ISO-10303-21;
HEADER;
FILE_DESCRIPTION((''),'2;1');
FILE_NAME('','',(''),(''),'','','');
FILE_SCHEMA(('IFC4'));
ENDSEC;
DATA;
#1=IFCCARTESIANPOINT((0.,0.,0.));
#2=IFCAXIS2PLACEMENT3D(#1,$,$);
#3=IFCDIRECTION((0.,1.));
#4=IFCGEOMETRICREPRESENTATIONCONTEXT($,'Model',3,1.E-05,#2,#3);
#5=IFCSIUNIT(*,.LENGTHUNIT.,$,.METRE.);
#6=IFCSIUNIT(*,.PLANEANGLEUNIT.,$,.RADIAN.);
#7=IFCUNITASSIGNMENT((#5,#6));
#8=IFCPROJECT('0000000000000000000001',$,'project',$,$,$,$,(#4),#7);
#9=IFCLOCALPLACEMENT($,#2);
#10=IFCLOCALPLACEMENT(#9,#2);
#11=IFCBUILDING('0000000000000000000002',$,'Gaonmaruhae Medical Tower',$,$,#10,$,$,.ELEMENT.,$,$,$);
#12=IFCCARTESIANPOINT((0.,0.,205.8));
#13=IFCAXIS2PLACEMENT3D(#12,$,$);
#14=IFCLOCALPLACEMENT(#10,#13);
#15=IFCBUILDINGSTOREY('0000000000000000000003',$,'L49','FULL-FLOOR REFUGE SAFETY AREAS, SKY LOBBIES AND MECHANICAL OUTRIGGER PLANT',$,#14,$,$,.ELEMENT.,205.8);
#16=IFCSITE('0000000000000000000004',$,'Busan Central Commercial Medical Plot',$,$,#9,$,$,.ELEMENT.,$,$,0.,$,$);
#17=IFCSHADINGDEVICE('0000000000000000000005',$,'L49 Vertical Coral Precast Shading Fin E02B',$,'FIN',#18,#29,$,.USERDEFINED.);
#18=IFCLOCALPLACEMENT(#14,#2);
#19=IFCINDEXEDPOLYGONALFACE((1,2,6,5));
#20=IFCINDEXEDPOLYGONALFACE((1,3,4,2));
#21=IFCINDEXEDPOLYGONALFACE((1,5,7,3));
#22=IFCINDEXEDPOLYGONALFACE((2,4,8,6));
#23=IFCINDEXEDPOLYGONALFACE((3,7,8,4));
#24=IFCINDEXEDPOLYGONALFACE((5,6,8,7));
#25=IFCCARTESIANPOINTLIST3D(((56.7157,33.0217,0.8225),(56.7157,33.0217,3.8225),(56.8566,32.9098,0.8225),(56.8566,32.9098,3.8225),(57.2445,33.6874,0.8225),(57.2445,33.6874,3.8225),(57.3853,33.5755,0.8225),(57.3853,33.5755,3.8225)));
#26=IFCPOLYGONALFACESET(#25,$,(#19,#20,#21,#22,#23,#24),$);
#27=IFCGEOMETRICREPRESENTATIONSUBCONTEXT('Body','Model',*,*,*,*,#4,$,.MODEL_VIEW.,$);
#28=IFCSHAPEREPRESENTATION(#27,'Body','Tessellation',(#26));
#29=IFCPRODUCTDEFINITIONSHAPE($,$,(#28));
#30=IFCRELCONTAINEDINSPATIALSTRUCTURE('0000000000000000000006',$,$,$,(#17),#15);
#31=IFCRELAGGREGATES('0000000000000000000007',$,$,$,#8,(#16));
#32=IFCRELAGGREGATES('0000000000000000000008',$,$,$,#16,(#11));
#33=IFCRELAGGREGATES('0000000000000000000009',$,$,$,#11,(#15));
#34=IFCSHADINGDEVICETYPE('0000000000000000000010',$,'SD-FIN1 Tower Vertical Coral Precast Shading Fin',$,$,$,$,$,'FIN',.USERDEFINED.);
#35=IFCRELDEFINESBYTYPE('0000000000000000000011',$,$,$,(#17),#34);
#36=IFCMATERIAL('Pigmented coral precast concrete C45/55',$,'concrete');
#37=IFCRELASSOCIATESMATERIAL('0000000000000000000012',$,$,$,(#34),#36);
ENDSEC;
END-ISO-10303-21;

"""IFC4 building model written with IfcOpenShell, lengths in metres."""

from ifc_helpers import new_model, si_unit, direction, frame, origin, origin_2d, place, context, subcontext, project, spatial, rectangle, extrude, material, type_object, element, save


model = new_model("IFC4")

# Units and contexts
model_context = context("Model", 3, precision=1e-05, world=origin(), true_north=direction((0.0, 1.0)))
body_context = subcontext(model_context, "Body", "Model", "MODEL_VIEW")
ifc_project = project(units=[si_unit("LENGTHUNIT", "METRE"), si_unit("PLANEANGLEUNIT", "RADIAN")], contexts=[model_context])

# Site, building, storey
site_placement = place(None, origin())
site = spatial("IfcSite", under=ifc_project, at=site_placement, Name="Busan Central Commercial Medical Plot", CompositionType="ELEMENT", RefElevation=0.0)
building_placement = place(site_placement, origin())
building = spatial("IfcBuilding", under=site, at=building_placement, Name="Gaonmaruhae Medical Tower", CompositionType="ELEMENT")
storey_placement = place(building_placement, frame((0.0, 0.0, 205.8)))
storey = spatial("IfcBuildingStorey", under=building, at=storey_placement, Name="L49", Description="FULL-FLOOR REFUGE SAFETY AREAS, SKY LOBBIES AND MECHANICAL OUTRIGGER PLANT", CompositionType="ELEMENT", Elevation=205.8)

# Shading device
ifc_material_1 = material(Name="Pigmented coral precast concrete C45/55", Category="concrete")
shading_device_type = type_object("IfcShadingDeviceType", Name="SD-FIN1 Tower Vertical Coral Precast Shading Fin", ElementType="FIN", PredefinedType="USERDEFINED", material=ifc_material_1)
for number, where, z_axis, x_axis, name in (
    (1, (57.0505, 33.2986, 0.8225), (0.0, 0.0, 1.0), (0.783053, -0.621954, 0.0), "L49 Vertical Coral Precast Shading Fin E02B"),
):
    element("IfcShadingDevice", number, at=place(storey_placement, frame(where, z_axis=z_axis, x_axis=x_axis)), inside=storey, type_object=shading_device_type, Name=name, ObjectType="FIN", PredefinedType="USERDEFINED", context=body_context, shape_type="SweptSolid", body=[
        extrude(rectangle(XDim=0.1799, YDim=0.8501, at=origin_2d()), origin(), (0.0, 0.0, 1.0), 3.0),
    ])

save(model, "model.ifc")
